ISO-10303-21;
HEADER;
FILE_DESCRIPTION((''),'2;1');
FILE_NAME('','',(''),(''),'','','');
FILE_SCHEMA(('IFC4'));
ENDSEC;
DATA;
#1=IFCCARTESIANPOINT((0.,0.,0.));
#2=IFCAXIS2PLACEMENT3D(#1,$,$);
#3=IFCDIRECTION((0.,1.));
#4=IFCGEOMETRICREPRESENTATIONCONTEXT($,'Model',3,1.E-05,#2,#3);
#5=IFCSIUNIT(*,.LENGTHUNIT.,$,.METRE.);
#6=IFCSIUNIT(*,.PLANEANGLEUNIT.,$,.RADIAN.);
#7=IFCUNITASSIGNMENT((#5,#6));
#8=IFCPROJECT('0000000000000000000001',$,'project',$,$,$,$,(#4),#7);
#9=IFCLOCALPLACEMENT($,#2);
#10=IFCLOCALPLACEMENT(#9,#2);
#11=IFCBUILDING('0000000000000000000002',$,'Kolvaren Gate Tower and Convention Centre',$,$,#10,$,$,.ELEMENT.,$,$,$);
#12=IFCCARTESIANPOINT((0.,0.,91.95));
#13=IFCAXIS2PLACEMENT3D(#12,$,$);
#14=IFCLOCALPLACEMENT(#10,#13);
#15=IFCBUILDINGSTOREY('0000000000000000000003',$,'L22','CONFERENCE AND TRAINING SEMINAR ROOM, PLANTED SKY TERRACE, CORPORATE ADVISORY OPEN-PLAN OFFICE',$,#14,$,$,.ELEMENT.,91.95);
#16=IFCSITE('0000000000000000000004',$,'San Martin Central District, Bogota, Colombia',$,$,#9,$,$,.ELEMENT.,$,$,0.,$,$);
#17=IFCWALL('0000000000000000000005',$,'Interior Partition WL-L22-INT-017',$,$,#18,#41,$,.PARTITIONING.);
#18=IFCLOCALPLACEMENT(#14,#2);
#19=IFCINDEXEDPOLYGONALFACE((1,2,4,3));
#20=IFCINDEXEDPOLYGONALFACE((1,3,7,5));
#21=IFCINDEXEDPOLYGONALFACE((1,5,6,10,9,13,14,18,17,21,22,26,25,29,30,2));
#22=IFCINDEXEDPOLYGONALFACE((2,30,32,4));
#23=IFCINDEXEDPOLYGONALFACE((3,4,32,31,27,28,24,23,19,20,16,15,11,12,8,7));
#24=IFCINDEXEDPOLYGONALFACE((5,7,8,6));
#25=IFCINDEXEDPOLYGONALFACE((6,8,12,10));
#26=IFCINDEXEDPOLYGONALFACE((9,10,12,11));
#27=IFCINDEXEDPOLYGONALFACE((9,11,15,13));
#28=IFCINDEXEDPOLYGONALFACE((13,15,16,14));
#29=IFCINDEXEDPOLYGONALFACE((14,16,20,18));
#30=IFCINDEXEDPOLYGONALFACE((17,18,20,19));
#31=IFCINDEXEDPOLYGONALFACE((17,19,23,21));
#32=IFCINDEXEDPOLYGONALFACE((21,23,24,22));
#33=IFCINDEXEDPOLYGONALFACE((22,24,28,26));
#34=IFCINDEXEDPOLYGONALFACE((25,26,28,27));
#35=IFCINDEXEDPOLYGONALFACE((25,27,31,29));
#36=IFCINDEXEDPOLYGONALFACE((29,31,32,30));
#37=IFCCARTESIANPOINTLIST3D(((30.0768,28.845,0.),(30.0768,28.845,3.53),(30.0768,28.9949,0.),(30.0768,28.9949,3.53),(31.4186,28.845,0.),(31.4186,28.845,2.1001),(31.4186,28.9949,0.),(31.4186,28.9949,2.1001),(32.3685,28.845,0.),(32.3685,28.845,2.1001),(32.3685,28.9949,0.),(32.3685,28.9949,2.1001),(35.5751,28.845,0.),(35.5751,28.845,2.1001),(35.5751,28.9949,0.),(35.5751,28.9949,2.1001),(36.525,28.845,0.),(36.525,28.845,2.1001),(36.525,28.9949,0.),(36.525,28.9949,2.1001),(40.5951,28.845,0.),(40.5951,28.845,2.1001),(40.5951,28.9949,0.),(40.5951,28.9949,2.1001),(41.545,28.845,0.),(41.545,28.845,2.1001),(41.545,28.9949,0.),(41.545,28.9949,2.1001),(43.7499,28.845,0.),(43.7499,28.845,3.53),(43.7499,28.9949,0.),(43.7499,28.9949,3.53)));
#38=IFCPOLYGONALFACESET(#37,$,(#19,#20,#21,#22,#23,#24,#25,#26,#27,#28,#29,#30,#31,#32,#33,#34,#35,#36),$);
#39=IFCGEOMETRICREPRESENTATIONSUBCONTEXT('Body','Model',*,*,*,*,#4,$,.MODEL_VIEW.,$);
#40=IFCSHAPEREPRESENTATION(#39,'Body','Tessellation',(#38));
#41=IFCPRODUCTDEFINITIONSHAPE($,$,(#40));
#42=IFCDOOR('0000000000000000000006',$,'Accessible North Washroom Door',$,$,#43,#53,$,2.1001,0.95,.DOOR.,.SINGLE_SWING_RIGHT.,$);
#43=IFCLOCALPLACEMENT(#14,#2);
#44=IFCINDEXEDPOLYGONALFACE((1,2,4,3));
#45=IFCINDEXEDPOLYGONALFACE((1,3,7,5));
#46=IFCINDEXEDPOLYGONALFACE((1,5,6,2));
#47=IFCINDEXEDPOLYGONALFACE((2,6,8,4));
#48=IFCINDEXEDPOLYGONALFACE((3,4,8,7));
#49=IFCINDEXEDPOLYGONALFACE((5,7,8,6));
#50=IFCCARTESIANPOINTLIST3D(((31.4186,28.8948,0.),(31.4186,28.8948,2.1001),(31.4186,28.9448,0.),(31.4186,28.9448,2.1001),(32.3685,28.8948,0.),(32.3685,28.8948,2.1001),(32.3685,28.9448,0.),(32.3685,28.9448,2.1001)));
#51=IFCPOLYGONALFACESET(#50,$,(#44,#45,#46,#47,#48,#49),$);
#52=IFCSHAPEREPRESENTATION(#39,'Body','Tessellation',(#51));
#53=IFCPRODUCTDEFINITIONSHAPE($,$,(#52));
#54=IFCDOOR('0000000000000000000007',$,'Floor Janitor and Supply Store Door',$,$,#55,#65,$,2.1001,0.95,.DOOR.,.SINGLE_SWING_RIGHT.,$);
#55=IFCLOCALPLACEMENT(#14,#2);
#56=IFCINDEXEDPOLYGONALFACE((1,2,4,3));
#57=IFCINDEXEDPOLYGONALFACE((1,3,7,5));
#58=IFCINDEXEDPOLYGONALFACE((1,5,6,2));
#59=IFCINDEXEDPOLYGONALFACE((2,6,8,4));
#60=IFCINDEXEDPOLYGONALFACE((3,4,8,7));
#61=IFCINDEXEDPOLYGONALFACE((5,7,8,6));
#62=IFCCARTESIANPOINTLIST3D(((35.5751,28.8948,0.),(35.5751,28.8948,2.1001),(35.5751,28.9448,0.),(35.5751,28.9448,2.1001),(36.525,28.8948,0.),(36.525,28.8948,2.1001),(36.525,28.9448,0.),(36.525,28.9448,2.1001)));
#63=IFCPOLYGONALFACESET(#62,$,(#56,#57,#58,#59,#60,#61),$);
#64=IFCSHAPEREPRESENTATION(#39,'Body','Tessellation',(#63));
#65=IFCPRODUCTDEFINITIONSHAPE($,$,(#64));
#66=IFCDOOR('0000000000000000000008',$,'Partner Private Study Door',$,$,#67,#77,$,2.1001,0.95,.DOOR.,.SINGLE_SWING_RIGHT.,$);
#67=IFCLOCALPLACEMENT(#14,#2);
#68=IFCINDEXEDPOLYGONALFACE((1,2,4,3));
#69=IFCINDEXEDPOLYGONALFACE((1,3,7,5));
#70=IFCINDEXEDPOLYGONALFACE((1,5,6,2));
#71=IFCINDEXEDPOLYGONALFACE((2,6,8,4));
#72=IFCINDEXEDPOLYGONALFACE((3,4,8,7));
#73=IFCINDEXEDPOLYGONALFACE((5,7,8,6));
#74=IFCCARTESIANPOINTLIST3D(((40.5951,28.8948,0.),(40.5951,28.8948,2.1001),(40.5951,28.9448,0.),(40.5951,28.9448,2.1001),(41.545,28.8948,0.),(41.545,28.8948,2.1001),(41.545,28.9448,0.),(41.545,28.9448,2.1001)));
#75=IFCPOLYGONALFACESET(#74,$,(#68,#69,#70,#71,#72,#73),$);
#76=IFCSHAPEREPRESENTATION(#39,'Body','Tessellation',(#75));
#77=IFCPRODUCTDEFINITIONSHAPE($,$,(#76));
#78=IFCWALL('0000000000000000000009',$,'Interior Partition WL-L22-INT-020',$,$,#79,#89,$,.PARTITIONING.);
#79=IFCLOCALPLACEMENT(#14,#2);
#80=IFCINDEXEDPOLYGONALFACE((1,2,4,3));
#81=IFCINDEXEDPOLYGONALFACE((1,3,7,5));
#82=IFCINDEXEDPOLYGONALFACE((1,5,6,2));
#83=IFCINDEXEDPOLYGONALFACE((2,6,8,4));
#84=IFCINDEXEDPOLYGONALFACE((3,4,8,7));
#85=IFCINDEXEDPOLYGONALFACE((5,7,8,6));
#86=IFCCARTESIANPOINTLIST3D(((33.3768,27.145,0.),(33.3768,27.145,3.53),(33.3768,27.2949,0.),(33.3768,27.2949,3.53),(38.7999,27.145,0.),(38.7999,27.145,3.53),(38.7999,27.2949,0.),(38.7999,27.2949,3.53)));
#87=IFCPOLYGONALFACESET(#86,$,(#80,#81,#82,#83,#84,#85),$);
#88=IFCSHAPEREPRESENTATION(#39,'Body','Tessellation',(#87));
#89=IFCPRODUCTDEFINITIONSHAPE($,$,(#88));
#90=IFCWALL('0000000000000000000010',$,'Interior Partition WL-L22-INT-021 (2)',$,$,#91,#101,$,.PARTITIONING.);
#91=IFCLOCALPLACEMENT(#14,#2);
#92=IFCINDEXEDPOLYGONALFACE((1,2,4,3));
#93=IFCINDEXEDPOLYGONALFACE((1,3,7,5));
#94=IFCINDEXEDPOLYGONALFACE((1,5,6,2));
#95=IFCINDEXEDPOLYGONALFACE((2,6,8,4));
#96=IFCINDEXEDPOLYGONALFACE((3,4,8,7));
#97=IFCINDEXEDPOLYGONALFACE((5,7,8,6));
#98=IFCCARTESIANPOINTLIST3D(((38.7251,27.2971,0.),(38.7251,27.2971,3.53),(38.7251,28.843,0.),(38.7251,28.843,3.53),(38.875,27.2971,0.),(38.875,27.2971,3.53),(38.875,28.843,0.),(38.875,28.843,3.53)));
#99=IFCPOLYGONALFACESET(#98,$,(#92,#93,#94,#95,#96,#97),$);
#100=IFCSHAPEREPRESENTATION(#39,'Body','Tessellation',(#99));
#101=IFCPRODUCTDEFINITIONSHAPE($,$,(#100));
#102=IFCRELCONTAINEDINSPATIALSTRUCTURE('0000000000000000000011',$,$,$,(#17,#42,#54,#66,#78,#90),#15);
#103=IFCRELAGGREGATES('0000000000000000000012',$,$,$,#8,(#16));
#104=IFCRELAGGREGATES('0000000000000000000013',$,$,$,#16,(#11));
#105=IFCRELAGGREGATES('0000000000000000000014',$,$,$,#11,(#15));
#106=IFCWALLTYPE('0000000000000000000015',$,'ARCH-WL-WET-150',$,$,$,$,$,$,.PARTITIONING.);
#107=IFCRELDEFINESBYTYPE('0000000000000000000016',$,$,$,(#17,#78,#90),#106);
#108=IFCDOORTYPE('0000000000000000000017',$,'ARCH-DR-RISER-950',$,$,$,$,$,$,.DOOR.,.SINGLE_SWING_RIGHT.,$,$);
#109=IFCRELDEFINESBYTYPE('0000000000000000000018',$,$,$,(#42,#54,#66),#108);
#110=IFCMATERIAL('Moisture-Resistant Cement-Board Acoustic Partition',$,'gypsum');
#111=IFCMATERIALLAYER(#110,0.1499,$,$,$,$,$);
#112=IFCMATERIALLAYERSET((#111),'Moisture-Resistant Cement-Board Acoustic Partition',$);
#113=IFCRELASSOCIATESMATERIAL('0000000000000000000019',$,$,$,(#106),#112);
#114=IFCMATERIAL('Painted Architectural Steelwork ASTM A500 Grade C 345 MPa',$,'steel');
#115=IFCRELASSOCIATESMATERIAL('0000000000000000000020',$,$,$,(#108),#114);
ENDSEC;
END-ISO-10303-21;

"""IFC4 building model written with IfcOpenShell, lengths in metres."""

from ifc_helpers import new_model, si_unit, direction, frame, frame_2d, origin, place, context, subcontext, project, spatial, rectangle, extrude, material, layer, layer_set, type_object, element, fill, save


model = new_model("IFC4")

# Units and contexts
model_context = context("Model", 3, precision=1e-05, world=origin(), true_north=direction((0.0, 1.0)))
body_context = subcontext(model_context, "Body", "Model", "MODEL_VIEW")
ifc_project = project(units=[si_unit("LENGTHUNIT", "METRE"), si_unit("PLANEANGLEUNIT", "RADIAN")], contexts=[model_context])

# Site, building, storey
site_placement = place(None, origin())
site = spatial("IfcSite", under=ifc_project, at=site_placement, Name="San Martin Central District, Bogota, Colombia", CompositionType="ELEMENT", RefElevation=0.0)
building_placement = place(site_placement, origin())
building = spatial("IfcBuilding", under=site, at=building_placement, Name="Kolvaren Gate Tower and Convention Centre", CompositionType="ELEMENT")
storey_placement = place(building_placement, frame((0.0, 0.0, 91.95)))
storey = spatial("IfcBuildingStorey", under=building, at=storey_placement, Name="L22", Description="CONFERENCE AND TRAINING SEMINAR ROOM, PLANTED SKY TERRACE, CORPORATE ADVISORY OPEN-PLAN OFFICE", CompositionType="ELEMENT", Elevation=91.95)

# Wall, openings, doors
ifc_material_1 = material(Name="Moisture-Resistant Cement-Board Acoustic Partition", Category="gypsum")
ifc_layer_1 = layer(ifc_material_1, 0.1499)
ifc_layer_set_1 = layer_set([ifc_layer_1], Name="Moisture-Resistant Cement-Board Acoustic Partition")
wall_type_1 = type_object("IfcWallType", Name="ARCH-WL-WET-150", PredefinedType="PARTITIONING", material=ifc_layer_set_1)
wall_1_placement = place(storey_placement, frame((30.0769, 28.9199, 0.0), z_axis=(0.0, 0.0, 1.0), x_axis=(1.0, 0.0, 0.0)))
wall_1 = element("IfcWall", 1, at=wall_1_placement, inside=storey, type_object=wall_type_1, Name="Interior Partition WL-L22-INT-017", PredefinedType="PARTITIONING", context=body_context, shape_type="SweptSolid", body=[
    extrude(rectangle(XDim=13.6731, YDim=0.1499, at=frame_2d((6.8364, 0.0))), origin(), (0.0, 0.0, 1.0), 3.53),
])
opening_1_placement = place(wall_1_placement, frame((1.3416, 0.0, 0.0)))
opening_1 = element("IfcOpeningElement", 2, at=opening_1_placement, cuts=wall_1, PredefinedType="OPENING", context=body_context, shape_type="SweptSolid", body=[
    extrude(rectangle(XDim=0.95, YDim=2.1001, at=frame_2d((0.4751, 1.05))), frame((0.0, 0.085, 0.0), z_axis=(0.0, -1.0, 0.0), x_axis=(1.0, 0.0, 0.0)), (0.0, 0.0, 1.0), 0.1699),
])
opening_2_placement = place(wall_1_placement, frame((5.498, 0.0, 0.0)))
opening_2 = element("IfcOpeningElement", 3, at=opening_2_placement, cuts=wall_1, PredefinedType="OPENING", context=body_context, shape_type="SweptSolid", body=[
    extrude(rectangle(XDim=0.95, YDim=2.1001, at=frame_2d((0.4751, 1.05))), frame((0.0, 0.085, 0.0), z_axis=(0.0, -1.0, 0.0), x_axis=(1.0, 0.0, 0.0)), (0.0, 0.0, 1.0), 0.1699),
])
opening_3_placement = place(wall_1_placement, frame((10.5181, 0.0, 0.0)))
opening_3 = element("IfcOpeningElement", 4, at=opening_3_placement, cuts=wall_1, PredefinedType="OPENING", context=body_context, shape_type="SweptSolid", body=[
    extrude(rectangle(XDim=0.95, YDim=2.1001, at=frame_2d((0.4751, 1.05))), frame((0.0, 0.085, 0.0), z_axis=(0.0, -1.0, 0.0), x_axis=(1.0, 0.0, 0.0)), (0.0, 0.0, 1.0), 0.1699),
])
ifc_material_2 = material(Name="Painted Architectural Steelwork ASTM A500 Grade C 345 MPa", Category="steel")
door_type_1 = type_object("IfcDoorType", Name="ARCH-DR-RISER-950", OperationType="SINGLE_SWING_RIGHT", PredefinedType="DOOR", material=ifc_material_2)
door_1_placement = place(opening_1_placement, origin())
door_1 = element("IfcDoor", 5, at=door_1_placement, inside=storey, type_object=door_type_1, Name="Accessible North Washroom Door", OperationType="SINGLE_SWING_RIGHT", OverallHeight=2.1001, OverallWidth=0.95, PredefinedType="DOOR", context=body_context, shape_type="SweptSolid", body=[
    extrude(rectangle(XDim=0.95, YDim=2.1001, at=frame_2d((0.4751, 1.05))), frame((0.0, 0.0249, 0.0), z_axis=(0.0, -1.0, 0.0), x_axis=(1.0, 0.0, 0.0)), (0.0, 0.0, 1.0), 0.05),
])
fill(opening_1, door_1)
door_2_placement = place(opening_2_placement, origin())
door_2 = element("IfcDoor", 6, at=door_2_placement, inside=storey, type_object=door_type_1, Name="Floor Janitor and Supply Store Door", OperationType="SINGLE_SWING_RIGHT", OverallHeight=2.1001, OverallWidth=0.95, PredefinedType="DOOR", context=body_context, shape_type="SweptSolid", body=[
    extrude(rectangle(XDim=0.95, YDim=2.1001, at=frame_2d((0.4751, 1.05))), frame((0.0, 0.0249, 0.0), z_axis=(0.0, -1.0, 0.0), x_axis=(1.0, 0.0, 0.0)), (0.0, 0.0, 1.0), 0.05),
])
fill(opening_2, door_2)
door_3_placement = place(opening_3_placement, origin())
door_3 = element("IfcDoor", 7, at=door_3_placement, inside=storey, type_object=door_type_1, Name="Partner Private Study Door", OperationType="SINGLE_SWING_RIGHT", OverallHeight=2.1001, OverallWidth=0.95, PredefinedType="DOOR", context=body_context, shape_type="SweptSolid", body=[
    extrude(rectangle(XDim=0.95, YDim=2.1001, at=frame_2d((0.4751, 1.05))), frame((0.0, 0.0249, 0.0), z_axis=(0.0, -1.0, 0.0), x_axis=(1.0, 0.0, 0.0)), (0.0, 0.0, 1.0), 0.05),
])
fill(opening_3, door_3)

# Walls
wall_2_placement = place(storey_placement, frame((33.377, 27.22, 0.0), z_axis=(0.0, 0.0, 1.0), x_axis=(1.0, 0.0, 0.0)))
element("IfcWall", 8, at=wall_2_placement, inside=storey, type_object=wall_type_1, Name="Interior Partition WL-L22-INT-020", PredefinedType="PARTITIONING", context=body_context, shape_type="SweptSolid", body=[
    extrude(rectangle(XDim=5.4231, YDim=0.1499, at=frame_2d((2.7114, 0.0))), origin(), (0.0, 0.0, 1.0), 3.53),
])
wall_3_placement = place(storey_placement, frame((38.8, 27.2971, 0.0), z_axis=(0.0, 0.0, 1.0), x_axis=(0.0, 1.0, 0.0)))
element("IfcWall", 9, at=wall_3_placement, inside=storey, type_object=wall_type_1, Name="Interior Partition WL-L22-INT-021 (2)", PredefinedType="PARTITIONING", context=body_context, shape_type="SweptSolid", body=[
    extrude(rectangle(XDim=1.5459, YDim=0.1499, at=frame_2d((0.7729, 0.0))), origin(), (0.0, 0.0, 1.0), 3.53),
])

save(model, "model.ifc")
